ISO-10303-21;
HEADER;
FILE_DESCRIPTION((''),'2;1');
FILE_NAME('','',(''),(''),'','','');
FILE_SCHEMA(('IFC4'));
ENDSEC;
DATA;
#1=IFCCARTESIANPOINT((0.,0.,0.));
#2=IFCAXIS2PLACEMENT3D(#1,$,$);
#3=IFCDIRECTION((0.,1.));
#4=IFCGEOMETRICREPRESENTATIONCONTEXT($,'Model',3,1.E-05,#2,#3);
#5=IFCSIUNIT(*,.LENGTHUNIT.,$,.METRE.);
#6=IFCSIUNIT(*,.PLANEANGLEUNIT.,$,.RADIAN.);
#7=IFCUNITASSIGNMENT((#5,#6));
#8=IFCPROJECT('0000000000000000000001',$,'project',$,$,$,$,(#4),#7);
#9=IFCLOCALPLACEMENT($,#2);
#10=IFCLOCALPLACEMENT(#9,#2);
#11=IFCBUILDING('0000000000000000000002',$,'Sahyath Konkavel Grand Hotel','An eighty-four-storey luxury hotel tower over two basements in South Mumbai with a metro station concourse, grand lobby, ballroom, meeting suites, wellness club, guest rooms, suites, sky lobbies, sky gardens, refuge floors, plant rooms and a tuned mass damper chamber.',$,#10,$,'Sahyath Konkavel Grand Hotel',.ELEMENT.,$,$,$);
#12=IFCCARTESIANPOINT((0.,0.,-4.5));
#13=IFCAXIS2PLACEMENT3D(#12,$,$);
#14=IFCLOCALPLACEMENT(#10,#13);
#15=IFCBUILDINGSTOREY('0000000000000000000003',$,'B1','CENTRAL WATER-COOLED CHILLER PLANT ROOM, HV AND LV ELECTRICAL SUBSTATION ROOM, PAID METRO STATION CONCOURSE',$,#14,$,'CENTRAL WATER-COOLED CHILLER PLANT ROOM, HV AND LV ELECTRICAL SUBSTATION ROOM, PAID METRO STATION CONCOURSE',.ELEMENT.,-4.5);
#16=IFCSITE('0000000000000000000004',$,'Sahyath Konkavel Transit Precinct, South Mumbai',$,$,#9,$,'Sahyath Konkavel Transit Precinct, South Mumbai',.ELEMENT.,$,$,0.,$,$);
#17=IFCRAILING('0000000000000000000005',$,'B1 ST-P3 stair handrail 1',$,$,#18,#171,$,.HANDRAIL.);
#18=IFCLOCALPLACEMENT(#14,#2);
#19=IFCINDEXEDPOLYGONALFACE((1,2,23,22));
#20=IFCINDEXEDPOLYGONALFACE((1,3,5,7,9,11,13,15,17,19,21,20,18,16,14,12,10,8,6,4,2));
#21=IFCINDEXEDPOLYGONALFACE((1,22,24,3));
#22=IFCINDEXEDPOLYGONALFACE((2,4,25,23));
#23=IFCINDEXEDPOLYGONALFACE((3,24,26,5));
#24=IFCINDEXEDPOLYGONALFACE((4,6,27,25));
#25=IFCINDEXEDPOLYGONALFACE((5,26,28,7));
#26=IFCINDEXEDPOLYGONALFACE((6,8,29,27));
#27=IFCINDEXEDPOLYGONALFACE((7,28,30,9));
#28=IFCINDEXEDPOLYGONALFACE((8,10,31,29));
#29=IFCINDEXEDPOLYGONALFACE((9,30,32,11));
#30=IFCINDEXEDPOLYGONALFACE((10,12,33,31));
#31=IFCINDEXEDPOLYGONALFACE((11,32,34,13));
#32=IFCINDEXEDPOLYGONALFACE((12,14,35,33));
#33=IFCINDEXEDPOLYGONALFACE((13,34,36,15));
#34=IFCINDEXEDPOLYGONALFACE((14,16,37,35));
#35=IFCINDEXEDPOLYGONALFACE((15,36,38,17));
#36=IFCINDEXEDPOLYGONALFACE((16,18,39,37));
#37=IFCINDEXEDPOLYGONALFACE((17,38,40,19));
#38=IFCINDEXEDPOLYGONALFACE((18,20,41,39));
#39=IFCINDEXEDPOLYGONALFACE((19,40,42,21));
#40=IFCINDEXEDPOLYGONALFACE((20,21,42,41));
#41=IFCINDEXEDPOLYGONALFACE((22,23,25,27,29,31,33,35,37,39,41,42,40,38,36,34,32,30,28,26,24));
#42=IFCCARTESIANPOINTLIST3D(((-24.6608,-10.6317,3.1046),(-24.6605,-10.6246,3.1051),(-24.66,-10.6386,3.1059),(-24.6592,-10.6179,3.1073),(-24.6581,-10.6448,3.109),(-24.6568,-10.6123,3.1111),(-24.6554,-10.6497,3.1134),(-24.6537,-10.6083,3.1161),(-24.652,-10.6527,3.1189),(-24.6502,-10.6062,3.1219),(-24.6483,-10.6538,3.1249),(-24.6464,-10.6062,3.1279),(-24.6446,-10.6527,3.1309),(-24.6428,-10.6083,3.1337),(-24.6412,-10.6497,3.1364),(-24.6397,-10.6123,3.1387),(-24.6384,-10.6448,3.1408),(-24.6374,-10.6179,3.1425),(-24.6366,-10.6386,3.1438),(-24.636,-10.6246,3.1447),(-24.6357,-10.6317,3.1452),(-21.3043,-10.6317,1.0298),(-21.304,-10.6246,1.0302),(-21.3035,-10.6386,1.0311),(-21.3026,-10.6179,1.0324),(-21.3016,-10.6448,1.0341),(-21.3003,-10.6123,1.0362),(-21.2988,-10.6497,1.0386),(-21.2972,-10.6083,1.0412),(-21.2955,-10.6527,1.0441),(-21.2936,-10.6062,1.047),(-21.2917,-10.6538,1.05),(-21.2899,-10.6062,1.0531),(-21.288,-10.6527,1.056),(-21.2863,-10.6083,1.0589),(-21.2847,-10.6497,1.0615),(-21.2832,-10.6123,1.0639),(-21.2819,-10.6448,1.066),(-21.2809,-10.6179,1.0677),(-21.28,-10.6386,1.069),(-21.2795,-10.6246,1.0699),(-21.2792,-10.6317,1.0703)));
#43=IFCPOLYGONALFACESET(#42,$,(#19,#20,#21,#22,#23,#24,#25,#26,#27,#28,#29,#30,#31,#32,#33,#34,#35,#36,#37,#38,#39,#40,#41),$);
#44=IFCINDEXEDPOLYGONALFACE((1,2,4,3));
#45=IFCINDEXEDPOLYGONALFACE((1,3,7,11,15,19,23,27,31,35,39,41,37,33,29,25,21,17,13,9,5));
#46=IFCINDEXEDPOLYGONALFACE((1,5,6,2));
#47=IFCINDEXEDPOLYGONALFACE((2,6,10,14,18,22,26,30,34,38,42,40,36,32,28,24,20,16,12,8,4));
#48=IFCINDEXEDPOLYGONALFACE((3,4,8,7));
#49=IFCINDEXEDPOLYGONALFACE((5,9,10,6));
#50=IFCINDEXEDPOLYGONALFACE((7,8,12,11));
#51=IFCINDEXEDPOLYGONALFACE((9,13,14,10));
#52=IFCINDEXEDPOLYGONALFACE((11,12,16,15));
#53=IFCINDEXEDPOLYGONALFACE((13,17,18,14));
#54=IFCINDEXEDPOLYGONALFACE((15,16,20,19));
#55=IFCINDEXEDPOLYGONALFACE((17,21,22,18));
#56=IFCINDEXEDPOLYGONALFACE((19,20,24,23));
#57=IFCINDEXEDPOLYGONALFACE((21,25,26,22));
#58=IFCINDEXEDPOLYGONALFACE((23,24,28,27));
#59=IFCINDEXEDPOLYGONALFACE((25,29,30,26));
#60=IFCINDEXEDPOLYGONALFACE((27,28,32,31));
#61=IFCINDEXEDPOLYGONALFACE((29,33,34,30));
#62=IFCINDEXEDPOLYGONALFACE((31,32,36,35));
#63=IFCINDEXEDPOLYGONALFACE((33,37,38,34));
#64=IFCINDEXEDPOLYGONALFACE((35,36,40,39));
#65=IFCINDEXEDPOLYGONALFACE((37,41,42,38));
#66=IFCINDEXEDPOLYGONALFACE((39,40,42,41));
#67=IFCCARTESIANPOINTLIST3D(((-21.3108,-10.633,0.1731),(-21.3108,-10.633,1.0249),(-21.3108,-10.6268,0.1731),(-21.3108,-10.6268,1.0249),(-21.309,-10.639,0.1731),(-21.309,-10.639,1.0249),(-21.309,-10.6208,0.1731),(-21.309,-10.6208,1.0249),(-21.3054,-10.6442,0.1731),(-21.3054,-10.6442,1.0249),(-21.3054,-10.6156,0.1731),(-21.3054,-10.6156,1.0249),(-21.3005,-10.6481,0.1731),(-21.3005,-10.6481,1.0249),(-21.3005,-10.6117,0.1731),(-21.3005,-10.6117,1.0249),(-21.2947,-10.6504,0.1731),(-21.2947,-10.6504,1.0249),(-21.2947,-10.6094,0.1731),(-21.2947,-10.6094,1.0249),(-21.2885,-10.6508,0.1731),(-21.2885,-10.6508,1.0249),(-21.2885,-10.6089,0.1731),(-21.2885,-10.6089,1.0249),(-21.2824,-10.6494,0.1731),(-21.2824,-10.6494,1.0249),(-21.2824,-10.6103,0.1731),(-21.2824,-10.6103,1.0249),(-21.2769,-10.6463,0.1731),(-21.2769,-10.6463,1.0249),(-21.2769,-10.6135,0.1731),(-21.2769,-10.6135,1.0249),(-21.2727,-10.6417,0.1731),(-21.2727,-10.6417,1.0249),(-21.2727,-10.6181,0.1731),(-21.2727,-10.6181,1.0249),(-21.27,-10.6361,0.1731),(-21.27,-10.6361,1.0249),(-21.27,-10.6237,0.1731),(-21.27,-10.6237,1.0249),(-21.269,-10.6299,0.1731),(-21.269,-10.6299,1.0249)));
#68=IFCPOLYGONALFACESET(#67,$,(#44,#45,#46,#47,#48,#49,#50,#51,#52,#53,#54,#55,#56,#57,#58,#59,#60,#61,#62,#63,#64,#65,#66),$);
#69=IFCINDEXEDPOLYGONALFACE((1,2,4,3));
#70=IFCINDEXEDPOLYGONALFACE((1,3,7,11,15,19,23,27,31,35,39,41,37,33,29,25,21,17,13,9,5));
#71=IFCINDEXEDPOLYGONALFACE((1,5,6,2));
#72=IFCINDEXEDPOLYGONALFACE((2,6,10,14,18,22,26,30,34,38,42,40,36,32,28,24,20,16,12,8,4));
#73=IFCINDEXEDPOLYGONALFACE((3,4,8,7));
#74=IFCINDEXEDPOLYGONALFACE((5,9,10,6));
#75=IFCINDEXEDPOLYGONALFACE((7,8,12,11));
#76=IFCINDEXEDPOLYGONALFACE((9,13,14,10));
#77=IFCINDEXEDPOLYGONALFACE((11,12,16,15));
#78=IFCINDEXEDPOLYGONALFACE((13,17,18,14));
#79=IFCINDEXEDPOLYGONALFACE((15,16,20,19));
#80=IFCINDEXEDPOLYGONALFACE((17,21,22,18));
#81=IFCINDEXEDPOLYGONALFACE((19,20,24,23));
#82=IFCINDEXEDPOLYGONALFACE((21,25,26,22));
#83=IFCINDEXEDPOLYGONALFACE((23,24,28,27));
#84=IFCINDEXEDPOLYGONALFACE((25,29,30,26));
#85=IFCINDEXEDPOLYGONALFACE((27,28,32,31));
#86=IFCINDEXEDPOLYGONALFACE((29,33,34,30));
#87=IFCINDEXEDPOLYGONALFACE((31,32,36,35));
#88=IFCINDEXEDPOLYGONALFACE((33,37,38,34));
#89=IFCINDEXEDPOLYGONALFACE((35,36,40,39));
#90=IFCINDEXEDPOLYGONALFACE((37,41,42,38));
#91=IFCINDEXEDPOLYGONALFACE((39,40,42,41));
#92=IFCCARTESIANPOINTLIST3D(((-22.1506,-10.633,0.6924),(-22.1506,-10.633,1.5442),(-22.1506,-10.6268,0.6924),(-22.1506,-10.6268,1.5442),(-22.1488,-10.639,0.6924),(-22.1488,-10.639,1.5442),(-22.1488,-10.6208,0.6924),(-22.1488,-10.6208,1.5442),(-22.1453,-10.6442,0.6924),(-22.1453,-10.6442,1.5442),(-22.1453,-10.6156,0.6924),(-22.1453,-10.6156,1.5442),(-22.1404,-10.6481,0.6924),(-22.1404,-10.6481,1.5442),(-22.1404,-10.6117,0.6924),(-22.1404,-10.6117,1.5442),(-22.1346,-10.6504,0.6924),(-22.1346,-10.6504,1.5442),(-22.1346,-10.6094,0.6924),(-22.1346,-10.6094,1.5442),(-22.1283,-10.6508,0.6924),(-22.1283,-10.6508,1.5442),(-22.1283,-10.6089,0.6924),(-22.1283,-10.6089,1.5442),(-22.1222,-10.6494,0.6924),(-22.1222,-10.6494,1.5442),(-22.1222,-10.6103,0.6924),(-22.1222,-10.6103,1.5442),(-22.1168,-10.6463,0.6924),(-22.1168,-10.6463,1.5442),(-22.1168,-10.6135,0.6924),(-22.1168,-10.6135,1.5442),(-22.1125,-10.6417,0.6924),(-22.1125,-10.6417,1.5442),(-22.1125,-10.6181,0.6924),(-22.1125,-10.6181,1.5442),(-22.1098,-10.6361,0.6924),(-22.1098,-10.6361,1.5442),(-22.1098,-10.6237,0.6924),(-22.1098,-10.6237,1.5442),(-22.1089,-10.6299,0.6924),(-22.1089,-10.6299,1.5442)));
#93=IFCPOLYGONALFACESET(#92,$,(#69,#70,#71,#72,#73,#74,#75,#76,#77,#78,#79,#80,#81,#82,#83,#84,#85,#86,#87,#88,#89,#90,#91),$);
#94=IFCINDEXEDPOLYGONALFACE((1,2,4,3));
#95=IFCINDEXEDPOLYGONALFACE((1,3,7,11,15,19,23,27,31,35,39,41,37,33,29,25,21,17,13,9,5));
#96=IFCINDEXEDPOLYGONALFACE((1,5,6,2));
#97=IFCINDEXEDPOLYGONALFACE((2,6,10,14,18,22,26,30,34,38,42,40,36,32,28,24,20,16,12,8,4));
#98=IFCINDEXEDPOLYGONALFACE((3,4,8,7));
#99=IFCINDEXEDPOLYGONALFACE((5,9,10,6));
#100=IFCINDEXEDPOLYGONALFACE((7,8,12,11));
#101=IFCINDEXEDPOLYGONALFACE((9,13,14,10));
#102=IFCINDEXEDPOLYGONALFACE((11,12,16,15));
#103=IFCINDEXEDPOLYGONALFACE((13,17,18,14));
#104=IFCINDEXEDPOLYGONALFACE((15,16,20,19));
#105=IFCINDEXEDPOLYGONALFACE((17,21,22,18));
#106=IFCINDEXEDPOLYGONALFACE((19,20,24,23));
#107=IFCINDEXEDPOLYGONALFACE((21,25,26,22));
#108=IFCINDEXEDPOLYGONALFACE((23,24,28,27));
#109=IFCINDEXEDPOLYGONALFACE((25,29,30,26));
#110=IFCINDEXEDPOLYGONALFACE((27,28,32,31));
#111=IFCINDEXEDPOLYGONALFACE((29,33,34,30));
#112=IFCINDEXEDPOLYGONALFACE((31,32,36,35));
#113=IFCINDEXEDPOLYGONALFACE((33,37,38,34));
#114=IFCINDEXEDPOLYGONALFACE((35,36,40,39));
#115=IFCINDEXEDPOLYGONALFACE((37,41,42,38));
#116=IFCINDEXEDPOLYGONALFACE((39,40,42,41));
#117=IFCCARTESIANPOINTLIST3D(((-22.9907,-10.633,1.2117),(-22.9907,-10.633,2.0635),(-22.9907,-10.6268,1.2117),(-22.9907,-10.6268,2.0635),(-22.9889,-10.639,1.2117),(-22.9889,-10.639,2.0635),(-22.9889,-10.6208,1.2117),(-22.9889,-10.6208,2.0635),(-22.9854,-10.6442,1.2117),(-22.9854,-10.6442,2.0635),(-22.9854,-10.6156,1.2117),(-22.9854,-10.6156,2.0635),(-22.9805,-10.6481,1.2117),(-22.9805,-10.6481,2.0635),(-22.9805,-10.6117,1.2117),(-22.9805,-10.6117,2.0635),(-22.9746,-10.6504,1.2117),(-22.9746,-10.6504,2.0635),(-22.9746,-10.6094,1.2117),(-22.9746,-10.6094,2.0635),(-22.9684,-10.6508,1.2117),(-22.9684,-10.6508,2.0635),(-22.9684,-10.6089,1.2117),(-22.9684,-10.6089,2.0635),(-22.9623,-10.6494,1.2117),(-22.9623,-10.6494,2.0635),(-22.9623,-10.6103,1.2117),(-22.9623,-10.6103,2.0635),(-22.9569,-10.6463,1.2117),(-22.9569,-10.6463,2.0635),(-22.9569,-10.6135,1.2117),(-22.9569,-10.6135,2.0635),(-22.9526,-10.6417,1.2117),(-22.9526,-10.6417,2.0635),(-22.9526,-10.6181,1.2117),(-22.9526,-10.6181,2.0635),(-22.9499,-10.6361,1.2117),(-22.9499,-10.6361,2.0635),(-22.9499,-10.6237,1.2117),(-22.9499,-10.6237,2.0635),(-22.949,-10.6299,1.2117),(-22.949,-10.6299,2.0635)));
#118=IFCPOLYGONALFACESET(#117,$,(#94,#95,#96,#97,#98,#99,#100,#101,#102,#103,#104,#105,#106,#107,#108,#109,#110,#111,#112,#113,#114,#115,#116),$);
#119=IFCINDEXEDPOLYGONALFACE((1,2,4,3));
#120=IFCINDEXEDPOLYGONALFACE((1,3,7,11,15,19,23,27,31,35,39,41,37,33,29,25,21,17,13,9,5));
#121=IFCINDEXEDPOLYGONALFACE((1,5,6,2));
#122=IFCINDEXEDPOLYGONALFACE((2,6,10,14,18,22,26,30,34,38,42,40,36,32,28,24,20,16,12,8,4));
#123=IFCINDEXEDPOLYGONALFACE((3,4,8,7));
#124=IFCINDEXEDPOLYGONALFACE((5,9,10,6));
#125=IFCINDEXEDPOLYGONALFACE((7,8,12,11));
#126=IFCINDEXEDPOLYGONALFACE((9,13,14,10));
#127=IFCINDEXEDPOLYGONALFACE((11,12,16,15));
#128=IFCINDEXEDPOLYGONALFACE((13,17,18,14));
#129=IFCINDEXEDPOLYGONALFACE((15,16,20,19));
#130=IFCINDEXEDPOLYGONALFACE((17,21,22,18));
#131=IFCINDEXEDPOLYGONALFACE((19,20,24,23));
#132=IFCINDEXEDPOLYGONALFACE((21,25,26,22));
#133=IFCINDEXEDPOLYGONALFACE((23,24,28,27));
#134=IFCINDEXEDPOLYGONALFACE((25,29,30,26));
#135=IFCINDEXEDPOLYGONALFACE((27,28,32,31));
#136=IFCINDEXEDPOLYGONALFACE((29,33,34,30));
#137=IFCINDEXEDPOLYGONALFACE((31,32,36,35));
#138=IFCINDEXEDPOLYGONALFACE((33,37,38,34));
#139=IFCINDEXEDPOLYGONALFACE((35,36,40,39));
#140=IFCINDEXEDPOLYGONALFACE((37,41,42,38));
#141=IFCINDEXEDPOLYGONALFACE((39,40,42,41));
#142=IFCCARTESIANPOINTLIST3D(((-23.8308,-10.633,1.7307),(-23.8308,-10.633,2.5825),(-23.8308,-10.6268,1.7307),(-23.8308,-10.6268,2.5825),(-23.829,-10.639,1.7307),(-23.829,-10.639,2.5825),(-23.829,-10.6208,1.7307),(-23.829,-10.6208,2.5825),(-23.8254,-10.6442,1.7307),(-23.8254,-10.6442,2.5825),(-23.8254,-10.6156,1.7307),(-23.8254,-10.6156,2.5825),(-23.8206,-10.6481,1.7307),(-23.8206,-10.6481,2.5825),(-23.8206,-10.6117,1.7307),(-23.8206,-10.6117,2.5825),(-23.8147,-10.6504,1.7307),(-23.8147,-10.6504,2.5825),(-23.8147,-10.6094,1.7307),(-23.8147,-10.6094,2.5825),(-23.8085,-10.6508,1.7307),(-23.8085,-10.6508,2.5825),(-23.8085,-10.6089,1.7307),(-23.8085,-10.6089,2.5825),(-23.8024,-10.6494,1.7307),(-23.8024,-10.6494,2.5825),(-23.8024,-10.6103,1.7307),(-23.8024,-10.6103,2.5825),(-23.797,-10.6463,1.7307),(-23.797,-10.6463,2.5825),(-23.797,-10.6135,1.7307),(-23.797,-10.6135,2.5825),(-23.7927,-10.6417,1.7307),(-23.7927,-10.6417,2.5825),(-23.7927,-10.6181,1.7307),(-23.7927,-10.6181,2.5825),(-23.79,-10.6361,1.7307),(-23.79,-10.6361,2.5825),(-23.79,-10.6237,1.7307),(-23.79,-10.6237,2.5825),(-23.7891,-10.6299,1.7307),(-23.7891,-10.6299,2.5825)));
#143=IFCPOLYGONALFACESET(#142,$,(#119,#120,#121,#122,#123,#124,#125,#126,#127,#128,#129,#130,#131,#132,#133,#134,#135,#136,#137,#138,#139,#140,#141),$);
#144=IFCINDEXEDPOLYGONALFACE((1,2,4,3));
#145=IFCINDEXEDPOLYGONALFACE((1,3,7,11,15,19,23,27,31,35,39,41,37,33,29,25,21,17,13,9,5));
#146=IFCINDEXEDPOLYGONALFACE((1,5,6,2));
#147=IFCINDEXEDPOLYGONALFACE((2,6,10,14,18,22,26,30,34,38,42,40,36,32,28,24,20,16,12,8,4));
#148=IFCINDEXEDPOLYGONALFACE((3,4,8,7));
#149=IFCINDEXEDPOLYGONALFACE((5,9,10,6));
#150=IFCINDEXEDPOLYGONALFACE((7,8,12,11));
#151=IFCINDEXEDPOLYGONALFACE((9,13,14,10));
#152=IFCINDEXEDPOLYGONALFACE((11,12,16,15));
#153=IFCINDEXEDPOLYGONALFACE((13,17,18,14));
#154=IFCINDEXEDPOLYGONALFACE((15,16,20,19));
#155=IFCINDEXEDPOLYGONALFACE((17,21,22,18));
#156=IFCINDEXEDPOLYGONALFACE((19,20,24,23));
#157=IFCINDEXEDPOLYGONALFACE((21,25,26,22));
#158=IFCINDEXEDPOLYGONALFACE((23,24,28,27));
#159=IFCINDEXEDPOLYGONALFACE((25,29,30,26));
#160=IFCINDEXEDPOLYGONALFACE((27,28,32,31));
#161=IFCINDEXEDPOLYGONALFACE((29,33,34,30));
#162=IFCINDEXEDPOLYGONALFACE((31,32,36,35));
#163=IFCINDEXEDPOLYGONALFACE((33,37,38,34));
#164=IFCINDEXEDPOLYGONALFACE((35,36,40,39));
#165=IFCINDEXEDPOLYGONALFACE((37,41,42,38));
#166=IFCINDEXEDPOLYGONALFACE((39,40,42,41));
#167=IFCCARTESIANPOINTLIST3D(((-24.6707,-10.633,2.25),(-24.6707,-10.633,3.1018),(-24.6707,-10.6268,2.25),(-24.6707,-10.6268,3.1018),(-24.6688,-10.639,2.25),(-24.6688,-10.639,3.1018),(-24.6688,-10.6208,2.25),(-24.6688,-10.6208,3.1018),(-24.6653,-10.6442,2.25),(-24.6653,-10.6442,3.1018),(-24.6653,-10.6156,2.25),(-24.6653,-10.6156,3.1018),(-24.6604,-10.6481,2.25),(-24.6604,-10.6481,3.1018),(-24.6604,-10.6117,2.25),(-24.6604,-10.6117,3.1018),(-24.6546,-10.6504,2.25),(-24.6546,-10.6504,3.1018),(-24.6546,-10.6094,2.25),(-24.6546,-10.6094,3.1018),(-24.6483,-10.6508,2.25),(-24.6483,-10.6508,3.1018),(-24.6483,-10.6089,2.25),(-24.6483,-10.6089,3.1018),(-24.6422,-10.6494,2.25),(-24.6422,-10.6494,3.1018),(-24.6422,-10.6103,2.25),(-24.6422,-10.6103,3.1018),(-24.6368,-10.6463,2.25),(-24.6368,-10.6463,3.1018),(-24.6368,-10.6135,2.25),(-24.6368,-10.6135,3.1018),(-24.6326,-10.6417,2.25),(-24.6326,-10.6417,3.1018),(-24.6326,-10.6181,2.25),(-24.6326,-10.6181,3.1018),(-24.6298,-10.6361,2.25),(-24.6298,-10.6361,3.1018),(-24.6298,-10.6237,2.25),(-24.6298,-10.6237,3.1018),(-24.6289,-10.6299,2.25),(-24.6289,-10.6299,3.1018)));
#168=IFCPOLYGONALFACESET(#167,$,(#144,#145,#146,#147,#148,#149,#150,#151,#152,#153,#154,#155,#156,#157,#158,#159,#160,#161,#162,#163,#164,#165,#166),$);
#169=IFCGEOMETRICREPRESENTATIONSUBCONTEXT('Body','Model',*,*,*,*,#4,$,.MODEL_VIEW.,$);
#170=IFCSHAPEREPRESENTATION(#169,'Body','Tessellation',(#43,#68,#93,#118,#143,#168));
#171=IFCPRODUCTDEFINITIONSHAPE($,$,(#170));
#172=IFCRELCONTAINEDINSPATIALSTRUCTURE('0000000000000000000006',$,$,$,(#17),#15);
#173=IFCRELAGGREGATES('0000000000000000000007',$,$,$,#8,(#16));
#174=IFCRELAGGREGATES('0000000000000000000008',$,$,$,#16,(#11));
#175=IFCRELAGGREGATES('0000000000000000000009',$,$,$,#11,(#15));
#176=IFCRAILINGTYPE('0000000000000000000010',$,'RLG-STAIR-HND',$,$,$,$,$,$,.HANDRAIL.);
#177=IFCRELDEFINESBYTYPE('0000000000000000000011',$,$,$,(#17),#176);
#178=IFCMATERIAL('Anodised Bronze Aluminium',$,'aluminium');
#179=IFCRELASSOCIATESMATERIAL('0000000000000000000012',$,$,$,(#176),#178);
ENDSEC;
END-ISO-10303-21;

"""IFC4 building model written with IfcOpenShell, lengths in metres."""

from ifc_helpers import new_model, si_unit, direction, frame, origin, origin_2d, place, context, subcontext, project, spatial, circle, extrude, material, type_object, element, save


model = new_model("IFC4")

# Units and contexts
model_context = context("Model", 3, precision=1e-05, world=origin(), true_north=direction((0.0, 1.0)))
body_context = subcontext(model_context, "Body", "Model", "MODEL_VIEW")
ifc_project = project(units=[si_unit("LENGTHUNIT", "METRE"), si_unit("PLANEANGLEUNIT", "RADIAN")], contexts=[model_context])

# Site, building, storey
site_placement = place(None, origin())
site = spatial("IfcSite", under=ifc_project, at=site_placement, Name="Sahyath Konkavel Transit Precinct, South Mumbai", LongName="Sahyath Konkavel Transit Precinct, South Mumbai", CompositionType="ELEMENT", RefElevation=0.0)
building_placement = place(site_placement, origin())
building = spatial("IfcBuilding", under=site, at=building_placement, Name="Sahyath Konkavel Grand Hotel", Description="An eighty-four-storey luxury hotel tower over two basements in South Mumbai with a metro station concourse, grand lobby, ballroom, meeting suites, wellness club, guest rooms, suites, sky lobbies, sky gardens, refuge floors, plant rooms and a tuned mass damper chamber.", LongName="Sahyath Konkavel Grand Hotel", CompositionType="ELEMENT")
storey_placement = place(building_placement, frame((0.0, 0.0, -4.5)))
storey = spatial("IfcBuildingStorey", under=building, at=storey_placement, Name="B1", Description="CENTRAL WATER-COOLED CHILLER PLANT ROOM, HV AND LV ELECTRICAL SUBSTATION ROOM, PAID METRO STATION CONCOURSE", LongName="CENTRAL WATER-COOLED CHILLER PLANT ROOM, HV AND LV ELECTRICAL SUBSTATION ROOM, PAID METRO STATION CONCOURSE", CompositionType="ELEMENT", Elevation=-4.5)

# Railing
ifc_material_1 = material(Name="Anodised Bronze Aluminium", Category="aluminium")
railing_type_1 = type_object("IfcRailingType", Name="RLG-STAIR-HND", PredefinedType="HANDRAIL", material=ifc_material_1)
railing_1_placement = place(storey_placement, frame((-21.29, -10.6299, 0.1731)))
element("IfcRailing", 1, at=railing_1_placement, inside=storey, type_object=railing_type_1, Name="B1 ST-P3 stair handrail 1", PredefinedType="HANDRAIL", context=body_context, shape_type="SweptSolid", body=[
    extrude(circle(Radius=0.0239, at=origin_2d()), frame((-0.0017, 0.0, 0.877), z_axis=(-0.850606, 0.0, 0.525803), x_axis=(0.0, -1.0, 0.0)), (0.0, 0.0, 1.0), 3.946),
    extrude(circle(Radius=0.021, at=origin_2d()), origin(), (0.0, 0.0, 1.0), 0.8518),
    extrude(circle(Radius=0.021, at=origin_2d()), frame((-0.8398, 0.0, 0.5193)), (0.0, 0.0, 1.0), 0.8518),
    extrude(circle(Radius=0.021, at=origin_2d()), frame((-1.6799, 0.0, 1.0386)), (0.0, 0.0, 1.0), 0.8518),
    extrude(circle(Radius=0.021, at=origin_2d()), frame((-2.52, 0.0, 1.5576)), (0.0, 0.0, 1.0), 0.8518),
    extrude(circle(Radius=0.021, at=origin_2d()), frame((-3.3599, 0.0, 2.0769)), (0.0, 0.0, 1.0), 0.8518),
])

save(model, "model.ifc")
